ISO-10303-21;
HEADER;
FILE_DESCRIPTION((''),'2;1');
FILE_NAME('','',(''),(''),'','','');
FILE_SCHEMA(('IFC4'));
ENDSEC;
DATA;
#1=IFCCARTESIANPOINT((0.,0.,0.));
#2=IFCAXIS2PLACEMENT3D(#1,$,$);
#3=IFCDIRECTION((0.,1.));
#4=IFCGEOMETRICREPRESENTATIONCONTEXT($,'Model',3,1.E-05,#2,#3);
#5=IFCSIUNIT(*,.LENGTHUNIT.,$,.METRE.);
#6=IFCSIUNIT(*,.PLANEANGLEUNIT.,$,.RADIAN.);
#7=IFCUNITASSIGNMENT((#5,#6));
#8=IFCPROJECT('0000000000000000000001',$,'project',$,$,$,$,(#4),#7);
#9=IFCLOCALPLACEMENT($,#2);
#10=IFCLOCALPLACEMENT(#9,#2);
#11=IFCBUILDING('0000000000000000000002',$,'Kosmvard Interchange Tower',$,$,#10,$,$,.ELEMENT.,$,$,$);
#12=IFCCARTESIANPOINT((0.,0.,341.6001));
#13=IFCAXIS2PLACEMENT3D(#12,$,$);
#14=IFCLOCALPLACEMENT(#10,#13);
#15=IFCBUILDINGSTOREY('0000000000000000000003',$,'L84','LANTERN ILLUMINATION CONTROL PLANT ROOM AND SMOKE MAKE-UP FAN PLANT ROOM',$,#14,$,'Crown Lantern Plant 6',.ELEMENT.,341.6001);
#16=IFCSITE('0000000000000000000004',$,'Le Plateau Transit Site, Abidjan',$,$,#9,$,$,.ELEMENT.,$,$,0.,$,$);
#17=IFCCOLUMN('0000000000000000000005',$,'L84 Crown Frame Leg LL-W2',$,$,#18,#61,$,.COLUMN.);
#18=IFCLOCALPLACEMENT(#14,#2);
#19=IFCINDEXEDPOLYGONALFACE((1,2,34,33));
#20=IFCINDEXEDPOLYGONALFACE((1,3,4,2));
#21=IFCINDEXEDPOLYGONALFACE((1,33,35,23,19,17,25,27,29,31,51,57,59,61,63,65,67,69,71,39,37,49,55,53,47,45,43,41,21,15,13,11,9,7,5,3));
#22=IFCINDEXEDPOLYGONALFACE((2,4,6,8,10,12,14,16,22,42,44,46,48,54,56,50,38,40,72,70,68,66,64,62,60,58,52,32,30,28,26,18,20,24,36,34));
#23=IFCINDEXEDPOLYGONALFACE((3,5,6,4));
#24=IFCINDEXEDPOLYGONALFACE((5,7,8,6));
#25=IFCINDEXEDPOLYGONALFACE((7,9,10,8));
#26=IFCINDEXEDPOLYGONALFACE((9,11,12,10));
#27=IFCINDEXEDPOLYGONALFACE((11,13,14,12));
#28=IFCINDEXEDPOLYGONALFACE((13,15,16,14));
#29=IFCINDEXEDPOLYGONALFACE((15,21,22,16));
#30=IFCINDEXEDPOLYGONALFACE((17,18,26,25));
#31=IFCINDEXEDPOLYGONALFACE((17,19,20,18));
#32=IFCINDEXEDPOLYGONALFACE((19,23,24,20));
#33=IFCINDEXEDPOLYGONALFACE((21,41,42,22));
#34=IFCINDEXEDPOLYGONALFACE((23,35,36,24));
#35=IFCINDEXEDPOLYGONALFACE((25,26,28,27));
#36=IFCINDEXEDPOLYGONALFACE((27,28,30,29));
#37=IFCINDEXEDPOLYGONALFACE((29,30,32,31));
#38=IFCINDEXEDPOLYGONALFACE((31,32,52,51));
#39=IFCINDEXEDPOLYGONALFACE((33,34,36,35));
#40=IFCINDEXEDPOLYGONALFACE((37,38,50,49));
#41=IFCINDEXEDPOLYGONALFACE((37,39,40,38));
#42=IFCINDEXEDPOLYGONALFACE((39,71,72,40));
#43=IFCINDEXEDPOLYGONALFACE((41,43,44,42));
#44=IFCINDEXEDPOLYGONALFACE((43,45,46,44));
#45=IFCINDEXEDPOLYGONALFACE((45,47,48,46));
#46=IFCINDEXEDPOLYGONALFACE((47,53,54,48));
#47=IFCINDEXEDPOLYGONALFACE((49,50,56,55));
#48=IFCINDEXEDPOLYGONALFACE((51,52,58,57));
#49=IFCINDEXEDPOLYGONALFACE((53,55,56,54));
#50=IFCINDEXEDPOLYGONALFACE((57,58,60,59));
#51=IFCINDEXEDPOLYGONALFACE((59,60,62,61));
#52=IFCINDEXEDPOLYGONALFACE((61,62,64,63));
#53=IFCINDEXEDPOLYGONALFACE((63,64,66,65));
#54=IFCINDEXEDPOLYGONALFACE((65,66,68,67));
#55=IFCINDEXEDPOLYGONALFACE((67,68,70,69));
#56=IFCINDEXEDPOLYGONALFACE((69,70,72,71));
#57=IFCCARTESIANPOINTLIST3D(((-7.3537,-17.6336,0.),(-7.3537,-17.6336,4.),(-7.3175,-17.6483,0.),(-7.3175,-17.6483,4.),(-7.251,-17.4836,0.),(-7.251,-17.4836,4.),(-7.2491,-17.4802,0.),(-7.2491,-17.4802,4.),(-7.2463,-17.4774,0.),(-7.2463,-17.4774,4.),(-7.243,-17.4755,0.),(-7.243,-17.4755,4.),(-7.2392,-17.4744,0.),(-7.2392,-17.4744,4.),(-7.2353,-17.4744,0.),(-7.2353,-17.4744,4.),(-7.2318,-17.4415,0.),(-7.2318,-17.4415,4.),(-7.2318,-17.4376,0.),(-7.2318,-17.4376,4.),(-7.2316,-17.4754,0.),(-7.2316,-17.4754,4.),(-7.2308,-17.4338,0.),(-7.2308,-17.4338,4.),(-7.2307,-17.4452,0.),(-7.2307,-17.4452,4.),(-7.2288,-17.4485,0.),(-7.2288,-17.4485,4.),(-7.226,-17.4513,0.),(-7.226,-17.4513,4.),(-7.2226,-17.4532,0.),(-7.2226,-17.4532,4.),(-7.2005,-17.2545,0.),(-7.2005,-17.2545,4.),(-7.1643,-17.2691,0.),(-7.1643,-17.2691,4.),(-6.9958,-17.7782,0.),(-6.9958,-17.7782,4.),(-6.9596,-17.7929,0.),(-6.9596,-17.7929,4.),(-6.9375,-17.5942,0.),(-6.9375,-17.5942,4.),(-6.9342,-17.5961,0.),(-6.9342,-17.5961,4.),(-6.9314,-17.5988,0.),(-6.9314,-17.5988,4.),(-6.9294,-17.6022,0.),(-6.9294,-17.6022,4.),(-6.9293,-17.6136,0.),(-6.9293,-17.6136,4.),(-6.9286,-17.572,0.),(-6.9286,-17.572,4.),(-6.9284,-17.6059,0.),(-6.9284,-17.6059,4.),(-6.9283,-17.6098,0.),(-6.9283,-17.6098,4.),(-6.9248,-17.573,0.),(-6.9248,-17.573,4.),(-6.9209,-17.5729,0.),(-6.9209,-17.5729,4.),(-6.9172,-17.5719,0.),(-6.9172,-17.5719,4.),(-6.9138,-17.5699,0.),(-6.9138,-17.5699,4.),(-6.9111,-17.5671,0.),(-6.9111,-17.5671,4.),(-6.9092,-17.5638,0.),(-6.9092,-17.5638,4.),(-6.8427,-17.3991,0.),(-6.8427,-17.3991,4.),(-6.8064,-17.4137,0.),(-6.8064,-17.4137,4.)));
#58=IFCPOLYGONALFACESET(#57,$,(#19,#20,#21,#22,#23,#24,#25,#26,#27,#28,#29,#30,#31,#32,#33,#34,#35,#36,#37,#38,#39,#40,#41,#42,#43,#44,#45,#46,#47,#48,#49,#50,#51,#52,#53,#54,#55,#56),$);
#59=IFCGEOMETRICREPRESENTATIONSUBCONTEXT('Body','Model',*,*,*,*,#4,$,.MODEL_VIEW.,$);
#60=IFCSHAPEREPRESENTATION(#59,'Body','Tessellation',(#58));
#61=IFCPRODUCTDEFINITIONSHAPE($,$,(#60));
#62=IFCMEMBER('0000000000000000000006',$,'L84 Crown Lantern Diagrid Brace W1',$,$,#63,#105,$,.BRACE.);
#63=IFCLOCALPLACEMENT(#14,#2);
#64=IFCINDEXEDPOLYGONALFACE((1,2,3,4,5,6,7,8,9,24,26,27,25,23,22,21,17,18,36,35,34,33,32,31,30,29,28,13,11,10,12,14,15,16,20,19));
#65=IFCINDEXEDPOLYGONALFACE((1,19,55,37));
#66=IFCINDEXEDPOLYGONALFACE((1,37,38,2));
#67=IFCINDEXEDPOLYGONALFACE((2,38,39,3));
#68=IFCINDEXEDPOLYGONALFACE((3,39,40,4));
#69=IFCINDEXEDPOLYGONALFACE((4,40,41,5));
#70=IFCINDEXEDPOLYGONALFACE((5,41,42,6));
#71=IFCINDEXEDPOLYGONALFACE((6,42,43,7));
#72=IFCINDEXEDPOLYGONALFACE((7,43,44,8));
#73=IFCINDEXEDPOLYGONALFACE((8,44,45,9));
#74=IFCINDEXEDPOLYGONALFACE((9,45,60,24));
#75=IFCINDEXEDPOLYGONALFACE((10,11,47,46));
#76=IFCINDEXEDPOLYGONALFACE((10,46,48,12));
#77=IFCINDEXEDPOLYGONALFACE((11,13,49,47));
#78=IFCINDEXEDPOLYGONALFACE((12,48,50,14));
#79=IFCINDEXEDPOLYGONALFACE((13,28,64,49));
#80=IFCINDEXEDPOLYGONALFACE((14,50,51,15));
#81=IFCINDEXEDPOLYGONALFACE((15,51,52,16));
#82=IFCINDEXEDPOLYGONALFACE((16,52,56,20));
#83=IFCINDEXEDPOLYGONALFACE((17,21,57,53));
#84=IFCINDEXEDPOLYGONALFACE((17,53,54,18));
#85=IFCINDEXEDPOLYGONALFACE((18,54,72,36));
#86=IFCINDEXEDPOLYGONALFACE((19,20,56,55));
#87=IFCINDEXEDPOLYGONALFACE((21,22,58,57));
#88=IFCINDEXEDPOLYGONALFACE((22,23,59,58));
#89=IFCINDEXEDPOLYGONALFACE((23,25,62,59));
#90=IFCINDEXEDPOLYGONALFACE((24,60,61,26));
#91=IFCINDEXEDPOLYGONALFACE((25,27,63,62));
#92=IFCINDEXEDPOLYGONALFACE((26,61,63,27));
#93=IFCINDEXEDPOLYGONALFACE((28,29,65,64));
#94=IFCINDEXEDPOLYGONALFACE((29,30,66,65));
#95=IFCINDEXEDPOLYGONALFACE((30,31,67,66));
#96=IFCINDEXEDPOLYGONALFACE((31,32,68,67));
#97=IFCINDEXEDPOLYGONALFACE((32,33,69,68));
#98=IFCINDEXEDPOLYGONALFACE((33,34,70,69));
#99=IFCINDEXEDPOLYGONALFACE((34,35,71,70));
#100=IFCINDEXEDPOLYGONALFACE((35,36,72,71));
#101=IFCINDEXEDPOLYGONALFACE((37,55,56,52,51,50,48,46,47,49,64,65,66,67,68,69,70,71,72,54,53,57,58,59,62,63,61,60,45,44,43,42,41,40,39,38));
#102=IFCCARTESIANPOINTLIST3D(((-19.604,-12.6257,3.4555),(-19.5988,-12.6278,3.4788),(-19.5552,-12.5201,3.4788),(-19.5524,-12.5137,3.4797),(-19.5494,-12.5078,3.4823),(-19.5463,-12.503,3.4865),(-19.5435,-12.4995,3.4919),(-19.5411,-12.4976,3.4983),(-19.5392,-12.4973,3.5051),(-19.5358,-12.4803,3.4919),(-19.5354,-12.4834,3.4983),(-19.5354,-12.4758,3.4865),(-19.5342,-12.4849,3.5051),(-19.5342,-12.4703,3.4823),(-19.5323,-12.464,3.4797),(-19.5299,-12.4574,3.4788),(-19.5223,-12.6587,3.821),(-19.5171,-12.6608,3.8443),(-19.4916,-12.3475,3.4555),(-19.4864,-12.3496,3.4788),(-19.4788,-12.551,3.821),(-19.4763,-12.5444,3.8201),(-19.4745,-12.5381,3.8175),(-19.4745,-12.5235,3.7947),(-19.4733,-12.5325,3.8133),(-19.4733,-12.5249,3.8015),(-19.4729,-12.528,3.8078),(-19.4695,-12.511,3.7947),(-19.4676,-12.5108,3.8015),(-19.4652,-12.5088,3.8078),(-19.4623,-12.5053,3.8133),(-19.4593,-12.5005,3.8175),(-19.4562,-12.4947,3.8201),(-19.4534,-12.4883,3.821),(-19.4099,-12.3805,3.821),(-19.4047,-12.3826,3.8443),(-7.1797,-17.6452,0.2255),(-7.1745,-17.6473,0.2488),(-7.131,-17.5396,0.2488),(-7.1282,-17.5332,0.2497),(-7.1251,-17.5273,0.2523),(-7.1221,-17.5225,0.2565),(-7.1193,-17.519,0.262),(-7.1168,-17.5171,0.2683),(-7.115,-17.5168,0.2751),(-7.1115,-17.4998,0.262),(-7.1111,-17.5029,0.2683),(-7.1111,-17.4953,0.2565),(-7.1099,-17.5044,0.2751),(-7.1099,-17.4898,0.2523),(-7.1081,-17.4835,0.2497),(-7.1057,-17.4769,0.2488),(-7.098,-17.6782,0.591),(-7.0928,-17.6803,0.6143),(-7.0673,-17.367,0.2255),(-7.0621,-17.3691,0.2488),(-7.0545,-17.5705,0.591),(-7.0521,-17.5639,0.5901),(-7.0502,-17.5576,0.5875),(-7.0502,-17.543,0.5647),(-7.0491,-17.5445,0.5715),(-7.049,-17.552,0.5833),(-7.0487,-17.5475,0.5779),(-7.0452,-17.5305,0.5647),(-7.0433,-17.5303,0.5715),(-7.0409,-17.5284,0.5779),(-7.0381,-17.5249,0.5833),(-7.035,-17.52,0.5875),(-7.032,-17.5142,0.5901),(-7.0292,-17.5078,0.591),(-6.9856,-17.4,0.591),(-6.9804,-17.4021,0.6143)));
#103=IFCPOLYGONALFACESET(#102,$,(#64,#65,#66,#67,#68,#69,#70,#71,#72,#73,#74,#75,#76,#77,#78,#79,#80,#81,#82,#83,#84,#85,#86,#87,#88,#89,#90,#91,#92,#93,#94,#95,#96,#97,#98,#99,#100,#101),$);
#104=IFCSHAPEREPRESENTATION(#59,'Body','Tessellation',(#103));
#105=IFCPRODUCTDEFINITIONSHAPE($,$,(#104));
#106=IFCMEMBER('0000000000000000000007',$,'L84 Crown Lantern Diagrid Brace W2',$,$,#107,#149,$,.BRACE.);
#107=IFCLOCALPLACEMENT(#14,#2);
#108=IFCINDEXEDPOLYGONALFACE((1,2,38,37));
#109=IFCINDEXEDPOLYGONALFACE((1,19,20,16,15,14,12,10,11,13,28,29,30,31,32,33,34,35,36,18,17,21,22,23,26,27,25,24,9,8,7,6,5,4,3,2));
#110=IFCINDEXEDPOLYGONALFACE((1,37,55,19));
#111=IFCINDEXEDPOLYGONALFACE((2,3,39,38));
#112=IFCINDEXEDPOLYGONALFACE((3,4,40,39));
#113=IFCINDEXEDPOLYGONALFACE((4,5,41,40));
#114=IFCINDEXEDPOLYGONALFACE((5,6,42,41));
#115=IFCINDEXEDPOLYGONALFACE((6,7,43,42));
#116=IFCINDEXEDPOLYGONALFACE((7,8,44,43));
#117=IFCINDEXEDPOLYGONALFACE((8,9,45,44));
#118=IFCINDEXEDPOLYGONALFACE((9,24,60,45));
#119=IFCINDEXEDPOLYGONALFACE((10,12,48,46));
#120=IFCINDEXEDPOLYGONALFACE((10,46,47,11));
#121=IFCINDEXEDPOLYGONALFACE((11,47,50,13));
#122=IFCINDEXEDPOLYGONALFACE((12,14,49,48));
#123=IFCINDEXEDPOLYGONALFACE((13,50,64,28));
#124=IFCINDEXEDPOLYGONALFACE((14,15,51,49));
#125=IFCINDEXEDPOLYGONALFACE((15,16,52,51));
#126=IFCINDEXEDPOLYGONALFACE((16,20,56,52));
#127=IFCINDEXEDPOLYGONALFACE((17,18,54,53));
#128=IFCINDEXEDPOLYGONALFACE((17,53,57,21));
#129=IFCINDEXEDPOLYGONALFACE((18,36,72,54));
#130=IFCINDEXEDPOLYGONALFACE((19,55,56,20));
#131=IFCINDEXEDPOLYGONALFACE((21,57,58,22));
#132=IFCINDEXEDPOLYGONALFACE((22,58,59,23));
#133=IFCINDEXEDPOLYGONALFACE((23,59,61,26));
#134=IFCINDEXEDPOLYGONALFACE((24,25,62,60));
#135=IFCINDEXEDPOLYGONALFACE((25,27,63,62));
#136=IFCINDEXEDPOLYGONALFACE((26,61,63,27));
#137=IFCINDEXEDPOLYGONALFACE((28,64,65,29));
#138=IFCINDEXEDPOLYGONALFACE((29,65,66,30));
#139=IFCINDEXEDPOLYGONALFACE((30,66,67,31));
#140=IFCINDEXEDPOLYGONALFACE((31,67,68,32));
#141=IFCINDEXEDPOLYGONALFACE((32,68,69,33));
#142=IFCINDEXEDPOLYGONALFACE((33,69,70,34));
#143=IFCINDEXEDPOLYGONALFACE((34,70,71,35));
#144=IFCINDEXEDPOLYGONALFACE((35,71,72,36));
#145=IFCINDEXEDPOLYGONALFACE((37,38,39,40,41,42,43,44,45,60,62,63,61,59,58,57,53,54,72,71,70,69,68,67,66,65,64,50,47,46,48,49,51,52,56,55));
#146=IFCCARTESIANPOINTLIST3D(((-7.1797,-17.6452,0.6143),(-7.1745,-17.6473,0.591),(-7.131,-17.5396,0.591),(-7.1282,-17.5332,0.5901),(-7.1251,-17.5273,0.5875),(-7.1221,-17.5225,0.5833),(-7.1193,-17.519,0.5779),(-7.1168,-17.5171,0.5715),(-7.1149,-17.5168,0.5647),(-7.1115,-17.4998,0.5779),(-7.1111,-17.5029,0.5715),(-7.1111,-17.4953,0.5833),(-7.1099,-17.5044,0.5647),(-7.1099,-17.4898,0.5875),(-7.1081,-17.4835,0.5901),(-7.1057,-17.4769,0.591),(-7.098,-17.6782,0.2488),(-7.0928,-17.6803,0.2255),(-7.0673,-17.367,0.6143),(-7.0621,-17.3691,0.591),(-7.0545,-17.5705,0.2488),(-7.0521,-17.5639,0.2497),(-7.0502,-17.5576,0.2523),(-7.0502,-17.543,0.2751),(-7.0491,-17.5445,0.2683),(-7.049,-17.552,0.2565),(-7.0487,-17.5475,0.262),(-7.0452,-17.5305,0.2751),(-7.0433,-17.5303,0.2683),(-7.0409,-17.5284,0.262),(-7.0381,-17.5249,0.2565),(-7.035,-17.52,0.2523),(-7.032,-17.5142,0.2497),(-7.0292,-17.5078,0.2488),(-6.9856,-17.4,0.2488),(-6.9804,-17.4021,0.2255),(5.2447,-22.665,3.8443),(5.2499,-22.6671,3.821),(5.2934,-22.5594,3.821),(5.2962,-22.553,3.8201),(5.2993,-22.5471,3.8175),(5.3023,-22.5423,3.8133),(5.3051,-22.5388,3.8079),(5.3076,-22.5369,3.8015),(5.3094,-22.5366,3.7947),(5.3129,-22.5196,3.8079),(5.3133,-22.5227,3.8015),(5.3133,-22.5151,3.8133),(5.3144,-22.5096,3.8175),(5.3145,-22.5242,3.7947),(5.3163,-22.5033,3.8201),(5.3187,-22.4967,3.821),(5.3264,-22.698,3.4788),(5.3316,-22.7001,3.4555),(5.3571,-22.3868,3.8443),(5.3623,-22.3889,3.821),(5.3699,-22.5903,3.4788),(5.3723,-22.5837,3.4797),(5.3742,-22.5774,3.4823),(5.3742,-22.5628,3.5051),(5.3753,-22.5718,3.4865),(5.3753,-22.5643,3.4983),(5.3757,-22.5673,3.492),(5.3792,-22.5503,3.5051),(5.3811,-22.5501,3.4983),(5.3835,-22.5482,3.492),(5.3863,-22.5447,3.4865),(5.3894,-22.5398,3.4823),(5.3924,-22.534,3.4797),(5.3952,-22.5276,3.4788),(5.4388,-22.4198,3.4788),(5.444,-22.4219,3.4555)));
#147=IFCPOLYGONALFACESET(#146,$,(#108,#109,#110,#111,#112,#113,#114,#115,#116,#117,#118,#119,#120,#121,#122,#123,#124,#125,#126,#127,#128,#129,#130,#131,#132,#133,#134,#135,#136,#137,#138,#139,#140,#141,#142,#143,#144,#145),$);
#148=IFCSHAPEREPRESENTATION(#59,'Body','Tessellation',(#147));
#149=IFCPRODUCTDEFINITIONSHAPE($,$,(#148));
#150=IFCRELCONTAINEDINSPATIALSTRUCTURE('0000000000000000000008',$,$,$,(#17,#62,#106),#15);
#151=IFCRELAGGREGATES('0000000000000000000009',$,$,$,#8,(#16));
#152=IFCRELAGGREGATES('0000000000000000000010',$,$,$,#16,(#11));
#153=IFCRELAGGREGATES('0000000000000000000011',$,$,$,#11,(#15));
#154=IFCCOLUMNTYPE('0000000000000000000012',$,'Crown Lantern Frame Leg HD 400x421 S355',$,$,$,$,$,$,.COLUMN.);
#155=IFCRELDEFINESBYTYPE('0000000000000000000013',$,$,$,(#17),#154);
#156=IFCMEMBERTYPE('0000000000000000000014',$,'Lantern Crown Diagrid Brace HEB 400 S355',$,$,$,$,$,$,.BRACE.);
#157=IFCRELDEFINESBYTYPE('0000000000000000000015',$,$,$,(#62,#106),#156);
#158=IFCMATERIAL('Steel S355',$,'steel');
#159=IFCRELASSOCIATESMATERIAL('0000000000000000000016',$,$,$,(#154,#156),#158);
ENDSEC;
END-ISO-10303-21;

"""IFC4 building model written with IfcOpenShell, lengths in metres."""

from ifc_helpers import new_model, si_unit, direction, frame, origin, origin_2d, place, context, subcontext, project, spatial, i_section, extrude, source, transform, mapped, material, material_profile, profile_set, type_object, element, save


model = new_model("IFC4")

# Units and contexts
model_context = context("Model", 3, precision=1e-05, world=origin(), true_north=direction((0.0, 1.0)))
body_context = subcontext(model_context, "Body", "Model", "MODEL_VIEW")
ifc_project = project(units=[si_unit("LENGTHUNIT", "METRE"), si_unit("PLANEANGLEUNIT", "RADIAN")], contexts=[model_context])

# Site, building, storey
site_placement = place(None, origin())
site = spatial("IfcSite", under=ifc_project, at=site_placement, Name="Le Plateau Transit Site, Abidjan", CompositionType="ELEMENT", RefElevation=0.0)
building_placement = place(site_placement, origin())
building = spatial("IfcBuilding", under=site, at=building_placement, Name="Kosmvard Interchange Tower", CompositionType="ELEMENT")
storey_placement = place(building_placement, frame((0.0, 0.0, 341.6001)))
storey = spatial("IfcBuildingStorey", under=building, at=storey_placement, Name="L84", Description="LANTERN ILLUMINATION CONTROL PLANT ROOM AND SMOKE MAKE-UP FAN PLANT ROOM", LongName="Crown Lantern Plant 6", CompositionType="ELEMENT", Elevation=341.6001)

# Column
ifc_material_1 = material(Name="Steel S355", Category="steel")
ifc_material_profile_1 = material_profile(ifc_material_1, i_section(OverallWidth=0.4089, OverallDepth=0.425, WebThickness=0.0239, FlangeThickness=0.0391, FilletRadius=0.0149, at=origin_2d()), Name="HD 400x421")
ifc_profile_set_1 = profile_set([ifc_material_profile_1], Name="Steel S355")
column_type = type_object("IfcColumnType", Name="Crown Lantern Frame Leg HD 400x421 S355", PredefinedType="COLUMN", material=ifc_profile_set_1)
shared_shape_1 = source(origin(), body_context, "Body", "SweptSolid", [
    extrude(i_section(OverallWidth=0.4089, OverallDepth=0.425, WebThickness=0.0239, FlangeThickness=0.0391, FilletRadius=0.0149, at=origin_2d()), origin(), (0.0, 0.0, 1.0), 4.0),
])
column_placement = place(storey_placement, frame((-7.0801, -17.5237, 0.0), z_axis=(0.0, 0.0, 1.0), x_axis=(0.374607, 0.927184, 0.0)))
element("IfcColumn", 1, at=column_placement, inside=storey, type_object=column_type, Name="L84 Crown Frame Leg LL-W2", PredefinedType="COLUMN", context=body_context, shape_type="MappedRepresentation", body=[
    mapped(shared_shape_1, transform((0.0, 0.0, 0.0), scale=1.0)),
])

# Members
ifc_material_profile_2 = material_profile(ifc_material_1, i_section(OverallWidth=0.3, OverallDepth=0.3999, WebThickness=0.0134, FlangeThickness=0.0239, FilletRadius=0.0271, at=origin_2d()), Name="HEB 400")
ifc_profile_set_2 = profile_set([ifc_material_profile_2], Name="Steel S355")
member_type_1 = type_object("IfcMemberType", Name="Lantern Crown Diagrid Brace HEB 400 S355", PredefinedType="BRACE", material=ifc_profile_set_2)
shared_shape_2 = source(origin(), body_context, "Body", "SweptSolid", [
    extrude(i_section(OverallWidth=0.3, OverallDepth=0.3999, WebThickness=0.0134, FlangeThickness=0.0239, FilletRadius=0.0271, at=origin_2d()), origin(), (0.0, 0.0, 1.0), 13.7837),
])
member_1_placement = place(storey_placement, frame((-7.0801, -17.5237, 0.4199), z_axis=(-0.901373, 0.364163, 0.234332), x_axis=(-0.374593, -0.92719, 0.0)))
element("IfcMember", 2, at=member_1_placement, inside=storey, type_object=member_type_1, Name="L84 Crown Lantern Diagrid Brace W1", PredefinedType="BRACE", context=body_context, shape_type="MappedRepresentation", body=[
    mapped(shared_shape_2, transform((0.0, 0.0, 0.0), scale=1.0)),
])
shared_shape_3 = source(origin(), body_context, "Body", "SweptSolid", [
    extrude(i_section(OverallWidth=0.3, OverallDepth=0.3999, WebThickness=0.0134, FlangeThickness=0.0239, FilletRadius=0.0271, at=origin_2d()), origin(), (0.0, 0.0, 1.0), 13.7839),
])
member_2_placement = place(storey_placement, frame((-7.0801, -17.5237, 0.4199), z_axis=(0.901368, -0.364178, 0.234331), x_axis=(0.374608, 0.927183, 0.0)))
element("IfcMember", 3, at=member_2_placement, inside=storey, type_object=member_type_1, Name="L84 Crown Lantern Diagrid Brace W2", PredefinedType="BRACE", context=body_context, shape_type="MappedRepresentation", body=[
    mapped(shared_shape_3, transform((0.0, 0.0, 0.0), scale=1.0)),
])

save(model, "model.ifc")
